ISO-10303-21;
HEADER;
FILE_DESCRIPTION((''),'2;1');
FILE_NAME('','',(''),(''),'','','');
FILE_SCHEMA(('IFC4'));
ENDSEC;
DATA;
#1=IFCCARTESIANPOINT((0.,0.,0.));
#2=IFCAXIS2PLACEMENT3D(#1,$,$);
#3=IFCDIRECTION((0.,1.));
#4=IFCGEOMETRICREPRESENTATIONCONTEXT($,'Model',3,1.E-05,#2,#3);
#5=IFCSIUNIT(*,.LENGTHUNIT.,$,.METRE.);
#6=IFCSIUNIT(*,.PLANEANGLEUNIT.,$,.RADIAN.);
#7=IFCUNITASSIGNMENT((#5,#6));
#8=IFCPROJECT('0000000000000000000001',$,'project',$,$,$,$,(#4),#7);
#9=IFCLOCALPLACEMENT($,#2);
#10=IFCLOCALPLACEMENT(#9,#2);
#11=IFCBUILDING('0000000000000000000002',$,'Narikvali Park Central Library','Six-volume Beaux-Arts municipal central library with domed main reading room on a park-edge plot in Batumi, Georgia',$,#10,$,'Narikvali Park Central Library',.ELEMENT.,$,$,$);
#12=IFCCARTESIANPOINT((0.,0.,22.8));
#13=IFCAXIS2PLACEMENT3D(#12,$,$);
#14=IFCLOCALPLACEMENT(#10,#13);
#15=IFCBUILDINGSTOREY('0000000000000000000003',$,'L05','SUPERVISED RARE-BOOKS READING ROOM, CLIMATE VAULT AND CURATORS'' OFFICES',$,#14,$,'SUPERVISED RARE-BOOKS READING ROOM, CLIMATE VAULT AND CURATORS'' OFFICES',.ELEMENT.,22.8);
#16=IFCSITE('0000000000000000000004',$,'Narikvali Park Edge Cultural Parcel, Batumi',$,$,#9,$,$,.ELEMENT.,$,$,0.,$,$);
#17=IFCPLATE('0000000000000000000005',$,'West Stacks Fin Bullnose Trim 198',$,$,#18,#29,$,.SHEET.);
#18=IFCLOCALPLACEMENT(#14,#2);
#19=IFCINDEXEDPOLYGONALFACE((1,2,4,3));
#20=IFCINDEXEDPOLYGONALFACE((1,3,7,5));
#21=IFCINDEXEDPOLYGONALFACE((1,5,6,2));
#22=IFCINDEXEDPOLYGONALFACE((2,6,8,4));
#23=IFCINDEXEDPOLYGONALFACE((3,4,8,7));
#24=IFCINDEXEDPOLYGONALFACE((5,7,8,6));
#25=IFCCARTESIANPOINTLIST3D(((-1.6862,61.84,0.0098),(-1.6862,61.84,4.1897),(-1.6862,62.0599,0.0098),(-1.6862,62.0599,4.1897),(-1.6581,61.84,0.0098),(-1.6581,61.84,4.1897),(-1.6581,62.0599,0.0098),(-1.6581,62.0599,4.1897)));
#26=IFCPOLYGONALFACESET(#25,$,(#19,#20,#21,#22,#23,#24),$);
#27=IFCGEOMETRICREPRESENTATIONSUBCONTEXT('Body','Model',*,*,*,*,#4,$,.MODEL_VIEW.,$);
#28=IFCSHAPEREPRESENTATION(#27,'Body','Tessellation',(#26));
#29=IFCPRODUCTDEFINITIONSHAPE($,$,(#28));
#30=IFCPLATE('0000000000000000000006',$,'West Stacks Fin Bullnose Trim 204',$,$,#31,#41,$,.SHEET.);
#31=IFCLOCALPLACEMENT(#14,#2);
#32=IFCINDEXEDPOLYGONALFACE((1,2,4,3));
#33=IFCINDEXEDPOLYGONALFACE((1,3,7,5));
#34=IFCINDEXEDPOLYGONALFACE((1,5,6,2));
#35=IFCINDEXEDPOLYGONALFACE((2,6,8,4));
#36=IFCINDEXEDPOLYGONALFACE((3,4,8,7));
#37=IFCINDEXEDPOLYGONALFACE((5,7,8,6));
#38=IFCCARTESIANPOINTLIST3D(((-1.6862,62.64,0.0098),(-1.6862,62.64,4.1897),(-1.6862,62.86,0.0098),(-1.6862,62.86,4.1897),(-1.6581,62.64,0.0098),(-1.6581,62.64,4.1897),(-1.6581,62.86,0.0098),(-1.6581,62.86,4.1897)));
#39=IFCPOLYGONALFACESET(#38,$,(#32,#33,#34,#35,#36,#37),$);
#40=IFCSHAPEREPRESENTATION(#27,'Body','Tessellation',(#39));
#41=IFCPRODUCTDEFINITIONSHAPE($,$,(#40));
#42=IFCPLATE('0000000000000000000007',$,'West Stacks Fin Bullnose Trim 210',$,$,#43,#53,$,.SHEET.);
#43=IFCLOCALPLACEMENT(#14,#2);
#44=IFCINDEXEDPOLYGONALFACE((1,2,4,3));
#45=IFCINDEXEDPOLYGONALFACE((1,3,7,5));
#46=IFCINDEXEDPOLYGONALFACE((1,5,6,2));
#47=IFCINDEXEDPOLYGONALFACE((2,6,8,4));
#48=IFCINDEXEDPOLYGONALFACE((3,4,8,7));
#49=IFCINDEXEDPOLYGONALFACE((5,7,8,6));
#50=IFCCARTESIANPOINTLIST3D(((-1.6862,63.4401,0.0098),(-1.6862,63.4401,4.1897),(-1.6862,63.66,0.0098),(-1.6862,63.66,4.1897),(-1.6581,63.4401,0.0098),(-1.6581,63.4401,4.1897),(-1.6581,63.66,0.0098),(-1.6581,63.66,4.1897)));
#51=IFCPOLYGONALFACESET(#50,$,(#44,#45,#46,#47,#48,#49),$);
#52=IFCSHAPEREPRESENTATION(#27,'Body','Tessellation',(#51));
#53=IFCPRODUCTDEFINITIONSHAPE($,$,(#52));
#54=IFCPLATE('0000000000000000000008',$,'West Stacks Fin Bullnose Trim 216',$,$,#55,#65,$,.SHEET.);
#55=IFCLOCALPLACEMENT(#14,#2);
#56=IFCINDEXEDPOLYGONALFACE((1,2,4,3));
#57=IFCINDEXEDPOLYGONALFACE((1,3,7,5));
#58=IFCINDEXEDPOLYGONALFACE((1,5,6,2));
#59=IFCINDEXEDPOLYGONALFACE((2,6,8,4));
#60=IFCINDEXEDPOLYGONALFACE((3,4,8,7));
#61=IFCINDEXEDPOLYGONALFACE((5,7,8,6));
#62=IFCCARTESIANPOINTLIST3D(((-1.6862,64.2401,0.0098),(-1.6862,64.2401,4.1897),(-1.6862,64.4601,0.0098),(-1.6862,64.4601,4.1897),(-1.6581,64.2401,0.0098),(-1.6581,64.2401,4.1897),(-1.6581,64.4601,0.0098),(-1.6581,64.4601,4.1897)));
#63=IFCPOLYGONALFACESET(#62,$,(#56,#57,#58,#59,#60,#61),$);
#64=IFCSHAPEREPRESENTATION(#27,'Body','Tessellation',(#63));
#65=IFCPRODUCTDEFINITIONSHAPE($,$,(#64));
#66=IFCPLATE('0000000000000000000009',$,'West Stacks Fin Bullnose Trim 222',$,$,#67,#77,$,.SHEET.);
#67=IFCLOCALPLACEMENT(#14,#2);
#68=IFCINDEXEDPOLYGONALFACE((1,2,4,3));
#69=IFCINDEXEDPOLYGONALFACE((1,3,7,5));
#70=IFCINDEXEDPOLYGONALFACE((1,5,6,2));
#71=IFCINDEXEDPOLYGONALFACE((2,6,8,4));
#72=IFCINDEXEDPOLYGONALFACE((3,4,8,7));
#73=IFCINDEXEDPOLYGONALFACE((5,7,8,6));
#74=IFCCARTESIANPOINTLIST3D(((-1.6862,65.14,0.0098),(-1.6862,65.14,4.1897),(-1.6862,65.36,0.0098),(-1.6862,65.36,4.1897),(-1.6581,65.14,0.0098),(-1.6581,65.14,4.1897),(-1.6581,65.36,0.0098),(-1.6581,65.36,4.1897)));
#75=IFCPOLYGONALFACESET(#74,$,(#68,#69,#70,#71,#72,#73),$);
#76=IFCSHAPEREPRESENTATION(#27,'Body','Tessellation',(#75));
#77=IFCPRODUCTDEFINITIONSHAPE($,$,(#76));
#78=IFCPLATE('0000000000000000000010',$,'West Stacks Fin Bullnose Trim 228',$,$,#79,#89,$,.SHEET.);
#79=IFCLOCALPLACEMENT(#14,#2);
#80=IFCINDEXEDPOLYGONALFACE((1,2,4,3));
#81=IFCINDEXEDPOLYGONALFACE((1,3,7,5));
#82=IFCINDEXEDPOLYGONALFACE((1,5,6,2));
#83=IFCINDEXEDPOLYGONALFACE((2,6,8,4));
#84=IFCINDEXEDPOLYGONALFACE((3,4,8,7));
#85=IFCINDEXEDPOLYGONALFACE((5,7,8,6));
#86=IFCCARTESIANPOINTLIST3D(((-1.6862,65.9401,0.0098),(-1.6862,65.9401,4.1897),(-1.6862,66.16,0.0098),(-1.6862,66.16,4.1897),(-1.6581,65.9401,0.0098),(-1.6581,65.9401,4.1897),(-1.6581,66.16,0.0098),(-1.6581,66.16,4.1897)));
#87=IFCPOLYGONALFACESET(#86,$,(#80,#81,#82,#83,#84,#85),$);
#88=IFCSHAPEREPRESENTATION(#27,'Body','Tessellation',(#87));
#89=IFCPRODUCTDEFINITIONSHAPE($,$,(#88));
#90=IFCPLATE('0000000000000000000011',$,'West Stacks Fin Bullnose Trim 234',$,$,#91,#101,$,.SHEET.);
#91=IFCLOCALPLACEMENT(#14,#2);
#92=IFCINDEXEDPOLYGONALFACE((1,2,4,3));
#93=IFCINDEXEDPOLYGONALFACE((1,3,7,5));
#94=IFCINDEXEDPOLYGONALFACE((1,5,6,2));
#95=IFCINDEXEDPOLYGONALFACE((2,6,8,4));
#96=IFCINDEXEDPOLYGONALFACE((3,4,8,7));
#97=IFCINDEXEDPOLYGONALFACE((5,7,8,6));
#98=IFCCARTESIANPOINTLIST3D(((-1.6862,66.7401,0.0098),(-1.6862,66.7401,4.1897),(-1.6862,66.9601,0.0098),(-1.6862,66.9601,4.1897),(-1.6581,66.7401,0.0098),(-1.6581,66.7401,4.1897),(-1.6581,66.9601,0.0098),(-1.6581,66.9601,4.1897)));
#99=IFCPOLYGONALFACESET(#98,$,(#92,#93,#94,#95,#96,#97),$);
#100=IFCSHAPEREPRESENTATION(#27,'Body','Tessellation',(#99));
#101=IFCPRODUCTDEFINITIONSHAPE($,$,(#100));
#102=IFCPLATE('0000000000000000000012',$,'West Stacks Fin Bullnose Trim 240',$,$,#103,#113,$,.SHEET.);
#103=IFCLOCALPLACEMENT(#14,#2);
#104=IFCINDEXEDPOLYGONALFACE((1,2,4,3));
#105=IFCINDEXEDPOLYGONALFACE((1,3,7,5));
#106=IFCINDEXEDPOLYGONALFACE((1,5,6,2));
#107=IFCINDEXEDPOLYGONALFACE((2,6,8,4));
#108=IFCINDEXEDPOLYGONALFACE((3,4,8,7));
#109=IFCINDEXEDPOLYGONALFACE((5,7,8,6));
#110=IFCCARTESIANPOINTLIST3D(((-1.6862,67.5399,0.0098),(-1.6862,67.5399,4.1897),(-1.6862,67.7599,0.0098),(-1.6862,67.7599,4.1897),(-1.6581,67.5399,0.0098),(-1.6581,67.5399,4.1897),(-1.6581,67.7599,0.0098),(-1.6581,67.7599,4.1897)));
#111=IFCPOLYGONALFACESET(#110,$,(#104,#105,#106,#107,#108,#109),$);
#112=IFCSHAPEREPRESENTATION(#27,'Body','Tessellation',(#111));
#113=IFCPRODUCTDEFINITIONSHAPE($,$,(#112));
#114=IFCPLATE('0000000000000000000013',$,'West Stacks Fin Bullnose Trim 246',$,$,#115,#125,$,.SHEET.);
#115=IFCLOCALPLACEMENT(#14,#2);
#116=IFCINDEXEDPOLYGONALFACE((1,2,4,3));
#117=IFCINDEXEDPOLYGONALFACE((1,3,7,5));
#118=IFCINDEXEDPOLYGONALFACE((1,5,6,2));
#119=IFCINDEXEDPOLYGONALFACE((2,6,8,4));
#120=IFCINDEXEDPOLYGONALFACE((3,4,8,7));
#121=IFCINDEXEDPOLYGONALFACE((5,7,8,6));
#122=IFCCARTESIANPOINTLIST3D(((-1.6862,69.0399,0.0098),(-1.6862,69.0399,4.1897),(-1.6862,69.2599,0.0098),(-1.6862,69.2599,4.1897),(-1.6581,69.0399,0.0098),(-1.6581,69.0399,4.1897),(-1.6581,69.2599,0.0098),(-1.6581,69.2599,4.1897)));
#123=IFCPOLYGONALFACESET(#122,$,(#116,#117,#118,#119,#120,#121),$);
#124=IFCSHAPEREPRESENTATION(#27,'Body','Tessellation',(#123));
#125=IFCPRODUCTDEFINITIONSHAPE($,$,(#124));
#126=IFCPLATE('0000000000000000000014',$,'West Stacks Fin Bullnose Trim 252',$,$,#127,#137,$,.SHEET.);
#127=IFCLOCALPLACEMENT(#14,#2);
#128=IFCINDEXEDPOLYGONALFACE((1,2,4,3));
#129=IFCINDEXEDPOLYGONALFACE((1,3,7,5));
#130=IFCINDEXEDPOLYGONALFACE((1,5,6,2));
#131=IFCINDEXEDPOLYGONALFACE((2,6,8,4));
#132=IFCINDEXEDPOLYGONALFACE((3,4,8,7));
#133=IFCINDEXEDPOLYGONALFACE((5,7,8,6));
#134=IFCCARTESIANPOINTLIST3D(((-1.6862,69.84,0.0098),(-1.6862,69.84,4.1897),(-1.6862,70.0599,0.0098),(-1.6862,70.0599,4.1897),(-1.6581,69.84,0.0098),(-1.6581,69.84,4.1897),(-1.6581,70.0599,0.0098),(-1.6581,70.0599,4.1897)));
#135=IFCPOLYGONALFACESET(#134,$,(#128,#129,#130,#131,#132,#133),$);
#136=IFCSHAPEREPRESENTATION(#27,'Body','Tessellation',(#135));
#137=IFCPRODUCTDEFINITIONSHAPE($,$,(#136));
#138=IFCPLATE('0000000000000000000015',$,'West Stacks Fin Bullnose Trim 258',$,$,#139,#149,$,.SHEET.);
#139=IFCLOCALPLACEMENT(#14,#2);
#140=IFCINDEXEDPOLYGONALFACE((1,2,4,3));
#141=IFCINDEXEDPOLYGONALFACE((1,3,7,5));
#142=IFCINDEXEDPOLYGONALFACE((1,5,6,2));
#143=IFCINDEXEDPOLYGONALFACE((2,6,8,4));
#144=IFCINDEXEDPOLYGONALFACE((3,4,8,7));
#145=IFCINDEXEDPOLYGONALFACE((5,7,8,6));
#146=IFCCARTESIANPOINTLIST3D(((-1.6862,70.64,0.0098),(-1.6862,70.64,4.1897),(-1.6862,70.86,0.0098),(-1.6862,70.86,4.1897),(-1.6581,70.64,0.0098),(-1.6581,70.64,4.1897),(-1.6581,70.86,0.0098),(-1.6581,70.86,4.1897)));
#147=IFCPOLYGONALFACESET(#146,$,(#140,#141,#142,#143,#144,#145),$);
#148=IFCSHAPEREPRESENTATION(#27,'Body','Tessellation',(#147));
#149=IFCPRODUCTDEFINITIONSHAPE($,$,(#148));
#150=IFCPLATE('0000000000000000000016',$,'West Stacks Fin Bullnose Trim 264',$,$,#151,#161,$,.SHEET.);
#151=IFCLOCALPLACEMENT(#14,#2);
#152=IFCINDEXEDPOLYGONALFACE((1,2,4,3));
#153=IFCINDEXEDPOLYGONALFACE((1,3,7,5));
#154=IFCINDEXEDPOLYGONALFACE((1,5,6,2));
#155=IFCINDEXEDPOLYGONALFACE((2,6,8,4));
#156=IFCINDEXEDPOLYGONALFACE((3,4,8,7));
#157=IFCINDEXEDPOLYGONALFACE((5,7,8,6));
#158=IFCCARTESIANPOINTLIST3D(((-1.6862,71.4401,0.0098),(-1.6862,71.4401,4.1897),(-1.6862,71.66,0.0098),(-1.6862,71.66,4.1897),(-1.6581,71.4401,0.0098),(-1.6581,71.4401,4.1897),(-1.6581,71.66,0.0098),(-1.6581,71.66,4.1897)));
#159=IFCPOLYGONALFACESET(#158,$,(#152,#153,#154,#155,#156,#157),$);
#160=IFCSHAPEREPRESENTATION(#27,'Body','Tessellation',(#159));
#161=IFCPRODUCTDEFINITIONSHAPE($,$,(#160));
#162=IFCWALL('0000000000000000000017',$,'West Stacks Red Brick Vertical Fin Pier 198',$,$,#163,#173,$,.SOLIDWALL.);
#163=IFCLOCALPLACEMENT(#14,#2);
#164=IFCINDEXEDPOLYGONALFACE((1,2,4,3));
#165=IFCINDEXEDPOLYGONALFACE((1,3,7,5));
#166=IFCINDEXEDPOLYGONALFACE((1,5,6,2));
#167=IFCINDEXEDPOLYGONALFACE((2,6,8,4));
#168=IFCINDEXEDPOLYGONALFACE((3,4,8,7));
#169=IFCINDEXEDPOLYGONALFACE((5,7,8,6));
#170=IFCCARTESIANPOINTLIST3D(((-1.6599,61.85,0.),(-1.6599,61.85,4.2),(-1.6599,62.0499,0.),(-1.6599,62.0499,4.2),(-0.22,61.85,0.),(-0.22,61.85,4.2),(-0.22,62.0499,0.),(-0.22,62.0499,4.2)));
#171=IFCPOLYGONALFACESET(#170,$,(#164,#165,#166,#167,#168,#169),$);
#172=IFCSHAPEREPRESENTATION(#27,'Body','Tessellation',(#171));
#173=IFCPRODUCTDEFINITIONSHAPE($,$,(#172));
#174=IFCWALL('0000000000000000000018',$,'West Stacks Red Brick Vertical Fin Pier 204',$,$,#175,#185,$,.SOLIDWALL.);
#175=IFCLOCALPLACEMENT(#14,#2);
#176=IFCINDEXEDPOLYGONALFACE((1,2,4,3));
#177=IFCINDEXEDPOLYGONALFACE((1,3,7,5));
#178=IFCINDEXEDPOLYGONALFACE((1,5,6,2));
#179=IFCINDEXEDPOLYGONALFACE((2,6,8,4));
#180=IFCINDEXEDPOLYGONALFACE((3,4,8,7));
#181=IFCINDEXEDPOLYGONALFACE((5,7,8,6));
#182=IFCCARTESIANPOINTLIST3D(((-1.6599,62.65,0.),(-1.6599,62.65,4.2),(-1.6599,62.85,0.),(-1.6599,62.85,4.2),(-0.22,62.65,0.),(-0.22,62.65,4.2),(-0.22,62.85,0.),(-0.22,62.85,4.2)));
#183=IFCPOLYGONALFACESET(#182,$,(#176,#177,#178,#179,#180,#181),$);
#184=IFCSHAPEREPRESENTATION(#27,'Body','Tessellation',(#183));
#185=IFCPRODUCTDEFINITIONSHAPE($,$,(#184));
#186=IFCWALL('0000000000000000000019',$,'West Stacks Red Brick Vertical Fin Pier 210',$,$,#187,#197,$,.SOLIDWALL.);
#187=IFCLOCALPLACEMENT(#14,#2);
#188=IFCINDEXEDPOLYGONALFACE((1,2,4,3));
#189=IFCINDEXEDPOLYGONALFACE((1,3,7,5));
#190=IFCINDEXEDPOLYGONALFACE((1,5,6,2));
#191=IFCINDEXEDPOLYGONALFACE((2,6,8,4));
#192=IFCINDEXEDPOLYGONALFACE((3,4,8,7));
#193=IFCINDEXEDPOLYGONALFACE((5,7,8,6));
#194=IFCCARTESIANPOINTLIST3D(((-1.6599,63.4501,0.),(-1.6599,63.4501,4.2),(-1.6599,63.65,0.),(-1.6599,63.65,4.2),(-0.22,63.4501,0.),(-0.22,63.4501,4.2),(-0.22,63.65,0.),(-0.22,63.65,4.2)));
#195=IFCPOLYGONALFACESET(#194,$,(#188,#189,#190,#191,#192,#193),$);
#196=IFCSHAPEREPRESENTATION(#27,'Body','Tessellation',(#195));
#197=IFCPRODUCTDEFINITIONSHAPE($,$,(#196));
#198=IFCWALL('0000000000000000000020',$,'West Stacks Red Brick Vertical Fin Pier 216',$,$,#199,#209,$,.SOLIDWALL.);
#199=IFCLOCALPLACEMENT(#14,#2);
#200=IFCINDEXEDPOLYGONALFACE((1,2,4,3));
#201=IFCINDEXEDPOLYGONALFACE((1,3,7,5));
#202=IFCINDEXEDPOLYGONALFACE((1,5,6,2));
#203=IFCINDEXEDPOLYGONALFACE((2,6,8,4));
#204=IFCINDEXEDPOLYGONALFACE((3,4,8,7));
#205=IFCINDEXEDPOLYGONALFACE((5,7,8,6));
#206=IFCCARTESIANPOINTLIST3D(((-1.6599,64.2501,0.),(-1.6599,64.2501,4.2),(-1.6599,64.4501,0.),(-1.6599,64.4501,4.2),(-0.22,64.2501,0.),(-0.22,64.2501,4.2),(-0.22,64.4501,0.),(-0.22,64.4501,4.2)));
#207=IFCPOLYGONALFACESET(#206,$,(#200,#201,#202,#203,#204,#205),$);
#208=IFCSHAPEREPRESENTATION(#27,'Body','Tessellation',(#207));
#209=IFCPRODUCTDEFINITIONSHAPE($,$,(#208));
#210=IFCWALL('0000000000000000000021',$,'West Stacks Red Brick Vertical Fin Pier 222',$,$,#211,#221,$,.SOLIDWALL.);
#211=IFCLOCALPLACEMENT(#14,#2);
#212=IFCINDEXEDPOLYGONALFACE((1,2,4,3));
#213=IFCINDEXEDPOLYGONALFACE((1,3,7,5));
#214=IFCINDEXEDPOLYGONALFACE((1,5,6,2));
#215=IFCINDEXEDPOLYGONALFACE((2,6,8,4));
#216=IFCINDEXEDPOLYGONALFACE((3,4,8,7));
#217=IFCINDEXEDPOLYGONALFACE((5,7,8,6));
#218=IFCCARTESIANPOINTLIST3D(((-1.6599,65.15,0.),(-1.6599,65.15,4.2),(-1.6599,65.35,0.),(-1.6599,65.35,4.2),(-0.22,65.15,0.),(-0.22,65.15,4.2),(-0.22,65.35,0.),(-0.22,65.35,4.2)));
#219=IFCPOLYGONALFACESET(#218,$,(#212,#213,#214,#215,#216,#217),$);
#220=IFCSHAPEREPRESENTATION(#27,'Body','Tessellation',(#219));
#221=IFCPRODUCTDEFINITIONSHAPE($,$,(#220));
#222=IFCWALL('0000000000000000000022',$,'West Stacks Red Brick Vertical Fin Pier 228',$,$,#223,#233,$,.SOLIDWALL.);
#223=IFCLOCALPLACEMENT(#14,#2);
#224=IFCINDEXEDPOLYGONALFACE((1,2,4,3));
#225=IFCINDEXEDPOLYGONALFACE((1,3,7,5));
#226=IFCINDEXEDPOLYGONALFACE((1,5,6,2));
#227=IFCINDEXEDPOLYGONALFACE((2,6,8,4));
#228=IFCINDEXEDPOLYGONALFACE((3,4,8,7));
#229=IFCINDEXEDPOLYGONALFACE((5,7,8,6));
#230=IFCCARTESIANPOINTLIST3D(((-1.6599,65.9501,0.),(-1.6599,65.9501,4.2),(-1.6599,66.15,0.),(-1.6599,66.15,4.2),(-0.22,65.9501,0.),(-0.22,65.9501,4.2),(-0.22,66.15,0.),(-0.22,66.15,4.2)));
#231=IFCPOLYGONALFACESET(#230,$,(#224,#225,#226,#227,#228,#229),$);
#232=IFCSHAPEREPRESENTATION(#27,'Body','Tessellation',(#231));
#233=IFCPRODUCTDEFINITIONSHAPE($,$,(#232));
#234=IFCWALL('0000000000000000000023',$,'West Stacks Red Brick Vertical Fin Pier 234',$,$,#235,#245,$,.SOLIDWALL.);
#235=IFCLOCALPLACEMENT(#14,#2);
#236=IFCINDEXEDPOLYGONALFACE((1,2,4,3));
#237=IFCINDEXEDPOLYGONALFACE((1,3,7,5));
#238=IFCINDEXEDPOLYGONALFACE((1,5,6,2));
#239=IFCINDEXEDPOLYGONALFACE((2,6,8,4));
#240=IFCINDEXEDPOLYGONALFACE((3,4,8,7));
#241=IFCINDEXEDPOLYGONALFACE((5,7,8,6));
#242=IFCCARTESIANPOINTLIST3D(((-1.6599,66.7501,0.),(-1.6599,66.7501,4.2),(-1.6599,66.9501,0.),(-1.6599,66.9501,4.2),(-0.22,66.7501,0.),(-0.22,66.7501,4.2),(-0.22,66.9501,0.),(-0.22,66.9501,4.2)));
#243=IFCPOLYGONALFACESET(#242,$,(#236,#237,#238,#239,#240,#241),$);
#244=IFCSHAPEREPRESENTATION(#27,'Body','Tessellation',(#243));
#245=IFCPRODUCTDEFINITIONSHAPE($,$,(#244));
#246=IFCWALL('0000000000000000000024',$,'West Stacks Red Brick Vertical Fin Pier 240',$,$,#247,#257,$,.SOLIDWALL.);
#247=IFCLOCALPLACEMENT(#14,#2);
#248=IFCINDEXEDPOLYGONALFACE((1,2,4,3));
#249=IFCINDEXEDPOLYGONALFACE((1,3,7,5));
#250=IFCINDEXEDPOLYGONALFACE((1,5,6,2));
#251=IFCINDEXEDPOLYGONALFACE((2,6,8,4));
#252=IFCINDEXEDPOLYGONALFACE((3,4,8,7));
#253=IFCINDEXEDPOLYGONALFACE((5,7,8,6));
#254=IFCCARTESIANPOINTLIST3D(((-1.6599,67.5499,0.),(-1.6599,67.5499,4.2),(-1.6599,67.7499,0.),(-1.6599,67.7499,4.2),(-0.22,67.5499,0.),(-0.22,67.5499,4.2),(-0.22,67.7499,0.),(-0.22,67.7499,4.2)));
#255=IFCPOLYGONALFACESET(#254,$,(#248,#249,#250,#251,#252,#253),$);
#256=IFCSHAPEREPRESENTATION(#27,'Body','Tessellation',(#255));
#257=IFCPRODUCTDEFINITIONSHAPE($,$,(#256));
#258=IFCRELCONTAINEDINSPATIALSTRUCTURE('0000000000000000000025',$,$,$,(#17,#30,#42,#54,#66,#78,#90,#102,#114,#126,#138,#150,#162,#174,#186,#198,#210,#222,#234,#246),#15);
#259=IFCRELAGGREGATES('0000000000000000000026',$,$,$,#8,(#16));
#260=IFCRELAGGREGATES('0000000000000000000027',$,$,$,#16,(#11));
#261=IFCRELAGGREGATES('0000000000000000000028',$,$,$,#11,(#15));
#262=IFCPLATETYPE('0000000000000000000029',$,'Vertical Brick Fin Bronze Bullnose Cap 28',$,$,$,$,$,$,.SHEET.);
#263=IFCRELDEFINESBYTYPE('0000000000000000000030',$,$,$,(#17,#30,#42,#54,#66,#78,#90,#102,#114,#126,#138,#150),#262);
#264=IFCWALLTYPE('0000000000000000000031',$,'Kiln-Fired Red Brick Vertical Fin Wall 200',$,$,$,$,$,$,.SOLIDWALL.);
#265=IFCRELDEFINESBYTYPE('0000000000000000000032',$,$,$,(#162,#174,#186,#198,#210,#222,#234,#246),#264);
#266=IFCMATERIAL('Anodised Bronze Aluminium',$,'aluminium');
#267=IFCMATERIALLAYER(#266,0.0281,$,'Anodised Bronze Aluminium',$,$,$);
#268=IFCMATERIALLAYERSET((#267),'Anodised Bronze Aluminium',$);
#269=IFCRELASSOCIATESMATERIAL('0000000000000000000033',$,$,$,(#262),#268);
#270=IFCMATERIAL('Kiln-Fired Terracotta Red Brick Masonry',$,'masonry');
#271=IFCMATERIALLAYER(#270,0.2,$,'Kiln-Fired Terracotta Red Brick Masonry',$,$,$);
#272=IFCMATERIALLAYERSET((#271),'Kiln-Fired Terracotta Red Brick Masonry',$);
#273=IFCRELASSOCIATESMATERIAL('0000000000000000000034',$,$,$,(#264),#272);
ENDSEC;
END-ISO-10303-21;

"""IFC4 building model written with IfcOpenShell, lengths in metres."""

from ifc_helpers import new_model, si_unit, direction, frame, frame_2d, origin, origin_2d, place, context, subcontext, project, spatial, rectangle, extrude, material, layer, layer_set, type_object, element, save


model = new_model("IFC4")

# Units and contexts
model_context = context("Model", 3, precision=1e-05, world=origin(), true_north=direction((0.0, 1.0)))
body_context = subcontext(model_context, "Body", "Model", "MODEL_VIEW")
ifc_project = project(units=[si_unit("LENGTHUNIT", "METRE"), si_unit("PLANEANGLEUNIT", "RADIAN")], contexts=[model_context])

# Site, building, storey
site_placement = place(None, origin())
site = spatial("IfcSite", under=ifc_project, at=site_placement, Name="Narikvali Park Edge Cultural Parcel, Batumi", CompositionType="ELEMENT", RefElevation=0.0)
building_placement = place(site_placement, origin())
building = spatial("IfcBuilding", under=site, at=building_placement, Name="Narikvali Park Central Library", Description="Six-volume Beaux-Arts municipal central library with domed main reading room on a park-edge plot in Batumi, Georgia", LongName="Narikvali Park Central Library", CompositionType="ELEMENT")
storey_placement = place(building_placement, frame((0.0, 0.0, 22.8)))
storey = spatial("IfcBuildingStorey", under=building, at=storey_placement, Name="L05", Description="SUPERVISED RARE-BOOKS READING ROOM, CLIMATE VAULT AND CURATORS' OFFICES", LongName="SUPERVISED RARE-BOOKS READING ROOM, CLIMATE VAULT AND CURATORS' OFFICES", CompositionType="ELEMENT", Elevation=22.8)

# Plates
ifc_material_1 = material(Name="Anodised Bronze Aluminium", Category="aluminium")
ifc_layer_1 = layer(ifc_material_1, 0.0281, Name="Anodised Bronze Aluminium")
ifc_layer_set_1 = layer_set([ifc_layer_1], Name="Anodised Bronze Aluminium")
plate_type = type_object("IfcPlateType", Name="Vertical Brick Fin Bronze Bullnose Cap 28", PredefinedType="SHEET", material=ifc_layer_set_1)
for number, where, z_axis, x_axis, name in (
    (1, (-1.6721, 61.95, 0.0098), (0.0, 0.0, 1.0), (1.0, 0.0, 0.0), "West Stacks Fin Bullnose Trim 198"),
    (2, (-1.6721, 62.75, 0.0098), (0.0, 0.0, 1.0), (1.0, 0.0, 0.0), "West Stacks Fin Bullnose Trim 204"),
    (3, (-1.6721, 63.55, 0.0098), (0.0, 0.0, 1.0), (1.0, 0.0, 0.0), "West Stacks Fin Bullnose Trim 210"),
    (4, (-1.6721, 64.3501, 0.0098), (0.0, 0.0, 1.0), (1.0, 0.0, 0.0), "West Stacks Fin Bullnose Trim 216"),
    (5, (-1.6721, 65.25, 0.0098), (0.0, 0.0, 1.0), (1.0, 0.0, 0.0), "West Stacks Fin Bullnose Trim 222"),
    (6, (-1.6721, 66.05, 0.0098), (0.0, 0.0, 1.0), (1.0, 0.0, 0.0), "West Stacks Fin Bullnose Trim 228"),
    (7, (-1.6721, 66.8501, 0.0098), (0.0, 0.0, 1.0), (1.0, 0.0, 0.0), "West Stacks Fin Bullnose Trim 234"),
    (8, (-1.6721, 67.6499, 0.0098), (0.0, 0.0, 1.0), (1.0, 0.0, 0.0), "West Stacks Fin Bullnose Trim 240"),
    (9, (-1.6721, 69.1499, 0.0098), (0.0, 0.0, 1.0), (1.0, 0.0, 0.0), "West Stacks Fin Bullnose Trim 246"),
    (10, (-1.6721, 69.95, 0.0098), (0.0, 0.0, 1.0), (1.0, 0.0, 0.0), "West Stacks Fin Bullnose Trim 252"),
    (11, (-1.6721, 70.75, 0.0098), (0.0, 0.0, 1.0), (1.0, 0.0, 0.0), "West Stacks Fin Bullnose Trim 258"),
    (12, (-1.6721, 71.55, 0.0098), (0.0, 0.0, 1.0), (1.0, 0.0, 0.0), "West Stacks Fin Bullnose Trim 264"),
):
    element("IfcPlate", number, at=place(storey_placement, frame(where, z_axis=z_axis, x_axis=x_axis)), inside=storey, type_object=plate_type, Name=name, PredefinedType="SHEET", context=body_context, shape_type="SweptSolid", body=[
        extrude(rectangle(XDim=0.0281, YDim=0.22, at=origin_2d()), origin(), (0.0, 0.0, 1.0), 4.1799),
    ])

# Walls
ifc_material_2 = material(Name="Kiln-Fired Terracotta Red Brick Masonry", Category="masonry")
ifc_layer_2 = layer(ifc_material_2, 0.2, Name="Kiln-Fired Terracotta Red Brick Masonry")
ifc_layer_set_2 = layer_set([ifc_layer_2], Name="Kiln-Fired Terracotta Red Brick Masonry")
wall_type = type_object("IfcWallType", Name="Kiln-Fired Red Brick Vertical Fin Wall 200", PredefinedType="SOLIDWALL", material=ifc_layer_set_2)
for number, where, z_axis, x_axis, name in (
    (13, (-1.6599, 61.95, 0.0), (0.0, 0.0, 1.0), (1.0, 0.0, 0.0), "West Stacks Red Brick Vertical Fin Pier 198"),
    (14, (-1.6599, 62.75, 0.0), (0.0, 0.0, 1.0), (1.0, 0.0, 0.0), "West Stacks Red Brick Vertical Fin Pier 204"),
    (15, (-1.6599, 63.55, 0.0), (0.0, 0.0, 1.0), (1.0, 0.0, 0.0), "West Stacks Red Brick Vertical Fin Pier 210"),
    (16, (-1.6599, 64.3501, 0.0), (0.0, 0.0, 1.0), (1.0, 0.0, 0.0), "West Stacks Red Brick Vertical Fin Pier 216"),
    (17, (-1.6599, 65.25, 0.0), (0.0, 0.0, 1.0), (1.0, 0.0, 0.0), "West Stacks Red Brick Vertical Fin Pier 222"),
    (18, (-1.6599, 66.05, 0.0), (0.0, 0.0, 1.0), (1.0, 0.0, 0.0), "West Stacks Red Brick Vertical Fin Pier 228"),
    (19, (-1.6599, 66.8501, 0.0), (0.0, 0.0, 1.0), (1.0, 0.0, 0.0), "West Stacks Red Brick Vertical Fin Pier 234"),
    (20, (-1.6599, 67.6499, 0.0), (0.0, 0.0, 1.0), (1.0, 0.0, 0.0), "West Stacks Red Brick Vertical Fin Pier 240"),
):
    element("IfcWall", number, at=place(storey_placement, frame(where, z_axis=z_axis, x_axis=x_axis)), inside=storey, type_object=wall_type, Name=name, PredefinedType="SOLIDWALL", context=body_context, shape_type="SweptSolid", body=[
        extrude(rectangle(XDim=1.4399, YDim=0.2, at=frame_2d((0.72, 0.0))), origin(), (0.0, 0.0, 1.0), 4.2),
    ])

save(model, "model.ifc")
